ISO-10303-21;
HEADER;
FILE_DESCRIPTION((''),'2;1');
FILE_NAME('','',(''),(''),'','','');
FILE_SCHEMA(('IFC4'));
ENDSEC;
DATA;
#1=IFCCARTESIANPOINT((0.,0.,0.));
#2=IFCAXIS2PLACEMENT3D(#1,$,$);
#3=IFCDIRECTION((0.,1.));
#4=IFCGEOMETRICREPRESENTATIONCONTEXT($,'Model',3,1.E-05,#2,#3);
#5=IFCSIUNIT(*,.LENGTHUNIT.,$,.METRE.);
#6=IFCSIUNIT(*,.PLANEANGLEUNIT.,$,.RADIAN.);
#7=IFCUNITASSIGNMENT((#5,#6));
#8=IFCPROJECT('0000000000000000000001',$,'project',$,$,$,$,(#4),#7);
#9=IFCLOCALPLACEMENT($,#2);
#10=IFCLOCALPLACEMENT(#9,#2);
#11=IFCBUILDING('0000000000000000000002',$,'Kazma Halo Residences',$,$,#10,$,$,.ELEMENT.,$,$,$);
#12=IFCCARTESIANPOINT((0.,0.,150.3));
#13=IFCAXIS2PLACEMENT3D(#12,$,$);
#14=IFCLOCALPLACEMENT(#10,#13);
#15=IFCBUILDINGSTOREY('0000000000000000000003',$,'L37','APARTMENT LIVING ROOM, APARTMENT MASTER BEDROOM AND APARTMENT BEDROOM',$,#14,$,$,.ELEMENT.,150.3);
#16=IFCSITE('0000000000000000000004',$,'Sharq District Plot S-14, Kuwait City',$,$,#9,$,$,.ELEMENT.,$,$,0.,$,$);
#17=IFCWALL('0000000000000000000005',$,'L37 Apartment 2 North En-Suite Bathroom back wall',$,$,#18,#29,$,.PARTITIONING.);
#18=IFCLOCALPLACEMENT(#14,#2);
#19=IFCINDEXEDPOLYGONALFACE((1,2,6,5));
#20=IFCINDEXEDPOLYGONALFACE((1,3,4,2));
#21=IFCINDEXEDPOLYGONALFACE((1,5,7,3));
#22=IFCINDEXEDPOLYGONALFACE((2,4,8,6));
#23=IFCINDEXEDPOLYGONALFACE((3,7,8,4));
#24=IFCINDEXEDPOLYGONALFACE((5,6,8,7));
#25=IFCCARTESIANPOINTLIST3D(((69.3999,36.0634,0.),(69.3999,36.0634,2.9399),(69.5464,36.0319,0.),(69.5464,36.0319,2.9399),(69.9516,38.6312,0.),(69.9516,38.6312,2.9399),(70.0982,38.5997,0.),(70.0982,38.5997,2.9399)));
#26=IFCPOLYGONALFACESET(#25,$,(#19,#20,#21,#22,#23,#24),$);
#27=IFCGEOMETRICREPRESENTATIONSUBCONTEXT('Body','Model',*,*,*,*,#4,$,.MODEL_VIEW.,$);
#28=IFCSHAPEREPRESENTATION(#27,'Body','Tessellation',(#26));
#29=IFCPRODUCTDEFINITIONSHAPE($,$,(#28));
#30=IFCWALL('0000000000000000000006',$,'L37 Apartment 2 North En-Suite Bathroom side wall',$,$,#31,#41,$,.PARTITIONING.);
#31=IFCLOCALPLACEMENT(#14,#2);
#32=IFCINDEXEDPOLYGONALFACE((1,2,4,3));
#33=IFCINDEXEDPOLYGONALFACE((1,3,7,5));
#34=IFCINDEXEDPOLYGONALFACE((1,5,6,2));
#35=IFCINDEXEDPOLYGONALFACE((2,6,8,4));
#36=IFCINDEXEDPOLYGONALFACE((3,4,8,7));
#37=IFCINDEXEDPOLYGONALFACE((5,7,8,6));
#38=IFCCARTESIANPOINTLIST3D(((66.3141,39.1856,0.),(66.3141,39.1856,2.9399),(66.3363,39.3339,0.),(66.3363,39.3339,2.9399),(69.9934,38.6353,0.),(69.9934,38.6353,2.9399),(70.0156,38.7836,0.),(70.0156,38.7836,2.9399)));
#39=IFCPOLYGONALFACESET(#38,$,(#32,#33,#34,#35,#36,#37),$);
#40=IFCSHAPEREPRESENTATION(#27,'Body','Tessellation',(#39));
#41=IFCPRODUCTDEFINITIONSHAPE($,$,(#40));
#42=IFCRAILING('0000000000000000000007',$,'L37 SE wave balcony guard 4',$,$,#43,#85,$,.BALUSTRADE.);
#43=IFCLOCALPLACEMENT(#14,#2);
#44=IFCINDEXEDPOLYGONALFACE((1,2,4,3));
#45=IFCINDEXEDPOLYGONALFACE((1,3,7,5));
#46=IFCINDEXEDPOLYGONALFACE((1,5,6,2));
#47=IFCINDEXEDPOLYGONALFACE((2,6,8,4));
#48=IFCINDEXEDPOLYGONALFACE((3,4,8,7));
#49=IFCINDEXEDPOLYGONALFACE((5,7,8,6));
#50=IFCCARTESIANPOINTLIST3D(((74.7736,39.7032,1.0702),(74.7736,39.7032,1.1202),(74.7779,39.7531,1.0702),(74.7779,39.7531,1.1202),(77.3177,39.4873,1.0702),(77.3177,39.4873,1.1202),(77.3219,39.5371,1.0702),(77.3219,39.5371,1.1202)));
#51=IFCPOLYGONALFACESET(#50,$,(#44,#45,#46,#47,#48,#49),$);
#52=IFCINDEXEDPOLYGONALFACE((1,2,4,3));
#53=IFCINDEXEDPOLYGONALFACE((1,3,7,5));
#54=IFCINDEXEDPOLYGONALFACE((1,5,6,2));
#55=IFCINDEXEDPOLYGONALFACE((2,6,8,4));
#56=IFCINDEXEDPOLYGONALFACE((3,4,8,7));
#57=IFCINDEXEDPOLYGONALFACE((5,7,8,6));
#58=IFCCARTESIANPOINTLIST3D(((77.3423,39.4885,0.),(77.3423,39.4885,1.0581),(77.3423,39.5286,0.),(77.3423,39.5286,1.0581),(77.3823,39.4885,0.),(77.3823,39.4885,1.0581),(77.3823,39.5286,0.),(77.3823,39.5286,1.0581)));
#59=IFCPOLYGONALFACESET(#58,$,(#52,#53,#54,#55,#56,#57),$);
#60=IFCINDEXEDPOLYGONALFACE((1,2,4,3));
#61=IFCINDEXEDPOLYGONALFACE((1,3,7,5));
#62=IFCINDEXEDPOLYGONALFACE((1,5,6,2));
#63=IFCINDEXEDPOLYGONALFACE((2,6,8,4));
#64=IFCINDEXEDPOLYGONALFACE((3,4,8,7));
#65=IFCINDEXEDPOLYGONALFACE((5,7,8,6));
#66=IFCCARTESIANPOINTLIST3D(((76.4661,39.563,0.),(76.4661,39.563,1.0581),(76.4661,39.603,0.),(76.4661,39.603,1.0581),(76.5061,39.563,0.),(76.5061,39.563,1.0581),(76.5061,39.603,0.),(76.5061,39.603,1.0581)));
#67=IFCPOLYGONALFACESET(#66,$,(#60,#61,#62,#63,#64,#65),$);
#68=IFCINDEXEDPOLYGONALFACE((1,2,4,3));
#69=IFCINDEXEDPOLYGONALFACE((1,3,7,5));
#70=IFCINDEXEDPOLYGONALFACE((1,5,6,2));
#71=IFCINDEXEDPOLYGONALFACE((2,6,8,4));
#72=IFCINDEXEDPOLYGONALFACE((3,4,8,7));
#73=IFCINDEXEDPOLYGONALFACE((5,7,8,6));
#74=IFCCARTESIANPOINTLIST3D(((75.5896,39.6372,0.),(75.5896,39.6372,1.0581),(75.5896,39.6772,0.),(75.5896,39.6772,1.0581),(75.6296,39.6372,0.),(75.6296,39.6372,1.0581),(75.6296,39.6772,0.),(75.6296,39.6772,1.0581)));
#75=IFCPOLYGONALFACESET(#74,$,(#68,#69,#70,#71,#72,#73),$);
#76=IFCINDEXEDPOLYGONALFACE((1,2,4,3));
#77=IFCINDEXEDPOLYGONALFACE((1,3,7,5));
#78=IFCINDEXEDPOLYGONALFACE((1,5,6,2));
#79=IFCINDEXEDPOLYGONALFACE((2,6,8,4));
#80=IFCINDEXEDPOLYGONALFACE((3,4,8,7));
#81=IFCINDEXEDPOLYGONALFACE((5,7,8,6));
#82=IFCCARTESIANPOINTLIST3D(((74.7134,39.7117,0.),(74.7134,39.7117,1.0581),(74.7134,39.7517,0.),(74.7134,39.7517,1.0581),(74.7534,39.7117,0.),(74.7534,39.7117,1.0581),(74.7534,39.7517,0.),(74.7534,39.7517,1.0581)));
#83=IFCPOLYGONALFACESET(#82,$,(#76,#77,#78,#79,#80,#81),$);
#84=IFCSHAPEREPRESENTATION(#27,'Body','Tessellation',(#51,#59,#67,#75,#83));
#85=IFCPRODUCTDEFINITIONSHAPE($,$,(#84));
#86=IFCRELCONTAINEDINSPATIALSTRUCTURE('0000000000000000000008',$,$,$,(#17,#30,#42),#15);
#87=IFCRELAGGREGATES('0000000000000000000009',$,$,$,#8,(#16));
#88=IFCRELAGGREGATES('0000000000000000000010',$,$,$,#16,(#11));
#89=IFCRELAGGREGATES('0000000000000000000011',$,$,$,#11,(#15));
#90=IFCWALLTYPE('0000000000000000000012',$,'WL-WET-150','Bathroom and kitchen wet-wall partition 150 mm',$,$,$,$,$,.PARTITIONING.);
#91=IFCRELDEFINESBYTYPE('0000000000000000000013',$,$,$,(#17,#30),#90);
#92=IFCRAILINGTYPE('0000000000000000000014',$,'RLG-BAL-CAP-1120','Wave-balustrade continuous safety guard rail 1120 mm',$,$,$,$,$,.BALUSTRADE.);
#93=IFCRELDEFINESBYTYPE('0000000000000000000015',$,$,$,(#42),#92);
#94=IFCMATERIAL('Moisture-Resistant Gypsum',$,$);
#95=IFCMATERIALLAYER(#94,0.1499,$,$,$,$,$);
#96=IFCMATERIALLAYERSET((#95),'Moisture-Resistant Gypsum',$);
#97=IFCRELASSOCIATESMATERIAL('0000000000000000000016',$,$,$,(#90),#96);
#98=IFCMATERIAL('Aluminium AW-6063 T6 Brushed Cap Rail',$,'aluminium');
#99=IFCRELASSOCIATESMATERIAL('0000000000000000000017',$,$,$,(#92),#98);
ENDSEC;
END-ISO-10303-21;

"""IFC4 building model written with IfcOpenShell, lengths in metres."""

from ifc_helpers import new_model, si_unit, direction, frame, frame_2d, origin, origin_2d, place, context, subcontext, project, spatial, rectangle, extrude, material, layer, layer_set, type_object, element, save


model = new_model("IFC4")

# Units and contexts
model_context = context("Model", 3, precision=1e-05, world=origin(), true_north=direction((0.0, 1.0)))
body_context = subcontext(model_context, "Body", "Model", "MODEL_VIEW")
ifc_project = project(units=[si_unit("LENGTHUNIT", "METRE"), si_unit("PLANEANGLEUNIT", "RADIAN")], contexts=[model_context])

# Site, building, storey
site_placement = place(None, origin())
site = spatial("IfcSite", under=ifc_project, at=site_placement, Name="Sharq District Plot S-14, Kuwait City", CompositionType="ELEMENT", RefElevation=0.0)
building_placement = place(site_placement, origin())
building = spatial("IfcBuilding", under=site, at=building_placement, Name="Kazma Halo Residences", CompositionType="ELEMENT")
storey_placement = place(building_placement, frame((0.0, 0.0, 150.3)))
storey = spatial("IfcBuildingStorey", under=building, at=storey_placement, Name="L37", Description="APARTMENT LIVING ROOM, APARTMENT MASTER BEDROOM AND APARTMENT BEDROOM", CompositionType="ELEMENT", Elevation=150.3)

# Shared definitions
ifc_material_1 = material(Name="Moisture-Resistant Gypsum")
ifc_layer_1 = layer(ifc_material_1, 0.1499)
ifc_layer_set_1 = layer_set([ifc_layer_1], Name="Moisture-Resistant Gypsum")
wall_type_1 = type_object("IfcWallType", Name="WL-WET-150", Description="Bathroom and kitchen wet-wall partition 150 mm", PredefinedType="PARTITIONING", material=ifc_layer_set_1)

# Walls
wall_1_placement = place(storey_placement, frame((69.4731, 36.0476, 0.0), z_axis=(0.0, 0.0, 1.0), x_axis=(0.210075, 0.977685, 0.0)))
element("IfcWall", 1, at=wall_1_placement, inside=storey, type_object=wall_type_1, Name="L37 Apartment 2 North En-Suite Bathroom back wall", PredefinedType="PARTITIONING", context=body_context, shape_type="SweptSolid", body=[
    extrude(rectangle(XDim=2.6265, YDim=0.1499, at=frame_2d((1.3132, 0.0))), origin(), (0.0, 0.0, 1.0), 2.9399),
])
wall_2_placement = place(storey_placement, frame((66.3252, 39.2598, 0.0), z_axis=(0.0, 0.0, 1.0), x_axis=(0.988999, -0.147923, 0.0)))
element("IfcWall", 2, at=wall_2_placement, inside=storey, type_object=wall_type_1, Name="L37 Apartment 2 North En-Suite Bathroom side wall", PredefinedType="PARTITIONING", context=body_context, shape_type="SweptSolid", body=[
    extrude(rectangle(XDim=3.7202, YDim=0.1499, at=frame_2d((1.8601, 0.0))), origin(), (0.0, 0.0, 1.0), 2.9399),
])

# Railing
ifc_material_2 = material(Name="Aluminium AW-6063 T6 Brushed Cap Rail", Category="aluminium")
railing_type = type_object("IfcRailingType", Name="RLG-BAL-CAP-1120", Description="Wave-balustrade continuous safety guard rail 1120 mm", PredefinedType="BALUSTRADE", material=ifc_material_2)
railing_placement = place(storey_placement, frame((77.3623, 39.5085, 0.0)))
element("IfcRailing", 3, at=railing_placement, inside=storey, type_object=railing_type, Name="L37 SE wave balcony guard 4", PredefinedType="BALUSTRADE", context=body_context, shape_type="SweptSolid", body=[
    extrude(rectangle(XDim=0.05, YDim=0.05, at=origin_2d()), frame((-0.0425, 0.0037, 1.0952), z_axis=(-0.996417, 0.084577, 0.0), x_axis=(-0.084577, -0.996417, 0.0)), (0.0, 0.0, 1.0), 2.5532),
    extrude(rectangle(XDim=0.04, YDim=0.04, at=origin_2d()), origin(), (0.0, 0.0, 1.0), 1.0581),
    extrude(rectangle(XDim=0.04, YDim=0.04, at=origin_2d()), frame((-0.8762, 0.0745, 0.0)), (0.0, 0.0, 1.0), 1.0581),
    extrude(rectangle(XDim=0.04, YDim=0.04, at=origin_2d()), frame((-1.7527, 0.1487, 0.0)), (0.0, 0.0, 1.0), 1.0581),
    extrude(rectangle(XDim=0.04, YDim=0.04, at=origin_2d()), frame((-2.6289, 0.2231, 0.0)), (0.0, 0.0, 1.0), 1.0581),
])

save(model, "model.ifc")
